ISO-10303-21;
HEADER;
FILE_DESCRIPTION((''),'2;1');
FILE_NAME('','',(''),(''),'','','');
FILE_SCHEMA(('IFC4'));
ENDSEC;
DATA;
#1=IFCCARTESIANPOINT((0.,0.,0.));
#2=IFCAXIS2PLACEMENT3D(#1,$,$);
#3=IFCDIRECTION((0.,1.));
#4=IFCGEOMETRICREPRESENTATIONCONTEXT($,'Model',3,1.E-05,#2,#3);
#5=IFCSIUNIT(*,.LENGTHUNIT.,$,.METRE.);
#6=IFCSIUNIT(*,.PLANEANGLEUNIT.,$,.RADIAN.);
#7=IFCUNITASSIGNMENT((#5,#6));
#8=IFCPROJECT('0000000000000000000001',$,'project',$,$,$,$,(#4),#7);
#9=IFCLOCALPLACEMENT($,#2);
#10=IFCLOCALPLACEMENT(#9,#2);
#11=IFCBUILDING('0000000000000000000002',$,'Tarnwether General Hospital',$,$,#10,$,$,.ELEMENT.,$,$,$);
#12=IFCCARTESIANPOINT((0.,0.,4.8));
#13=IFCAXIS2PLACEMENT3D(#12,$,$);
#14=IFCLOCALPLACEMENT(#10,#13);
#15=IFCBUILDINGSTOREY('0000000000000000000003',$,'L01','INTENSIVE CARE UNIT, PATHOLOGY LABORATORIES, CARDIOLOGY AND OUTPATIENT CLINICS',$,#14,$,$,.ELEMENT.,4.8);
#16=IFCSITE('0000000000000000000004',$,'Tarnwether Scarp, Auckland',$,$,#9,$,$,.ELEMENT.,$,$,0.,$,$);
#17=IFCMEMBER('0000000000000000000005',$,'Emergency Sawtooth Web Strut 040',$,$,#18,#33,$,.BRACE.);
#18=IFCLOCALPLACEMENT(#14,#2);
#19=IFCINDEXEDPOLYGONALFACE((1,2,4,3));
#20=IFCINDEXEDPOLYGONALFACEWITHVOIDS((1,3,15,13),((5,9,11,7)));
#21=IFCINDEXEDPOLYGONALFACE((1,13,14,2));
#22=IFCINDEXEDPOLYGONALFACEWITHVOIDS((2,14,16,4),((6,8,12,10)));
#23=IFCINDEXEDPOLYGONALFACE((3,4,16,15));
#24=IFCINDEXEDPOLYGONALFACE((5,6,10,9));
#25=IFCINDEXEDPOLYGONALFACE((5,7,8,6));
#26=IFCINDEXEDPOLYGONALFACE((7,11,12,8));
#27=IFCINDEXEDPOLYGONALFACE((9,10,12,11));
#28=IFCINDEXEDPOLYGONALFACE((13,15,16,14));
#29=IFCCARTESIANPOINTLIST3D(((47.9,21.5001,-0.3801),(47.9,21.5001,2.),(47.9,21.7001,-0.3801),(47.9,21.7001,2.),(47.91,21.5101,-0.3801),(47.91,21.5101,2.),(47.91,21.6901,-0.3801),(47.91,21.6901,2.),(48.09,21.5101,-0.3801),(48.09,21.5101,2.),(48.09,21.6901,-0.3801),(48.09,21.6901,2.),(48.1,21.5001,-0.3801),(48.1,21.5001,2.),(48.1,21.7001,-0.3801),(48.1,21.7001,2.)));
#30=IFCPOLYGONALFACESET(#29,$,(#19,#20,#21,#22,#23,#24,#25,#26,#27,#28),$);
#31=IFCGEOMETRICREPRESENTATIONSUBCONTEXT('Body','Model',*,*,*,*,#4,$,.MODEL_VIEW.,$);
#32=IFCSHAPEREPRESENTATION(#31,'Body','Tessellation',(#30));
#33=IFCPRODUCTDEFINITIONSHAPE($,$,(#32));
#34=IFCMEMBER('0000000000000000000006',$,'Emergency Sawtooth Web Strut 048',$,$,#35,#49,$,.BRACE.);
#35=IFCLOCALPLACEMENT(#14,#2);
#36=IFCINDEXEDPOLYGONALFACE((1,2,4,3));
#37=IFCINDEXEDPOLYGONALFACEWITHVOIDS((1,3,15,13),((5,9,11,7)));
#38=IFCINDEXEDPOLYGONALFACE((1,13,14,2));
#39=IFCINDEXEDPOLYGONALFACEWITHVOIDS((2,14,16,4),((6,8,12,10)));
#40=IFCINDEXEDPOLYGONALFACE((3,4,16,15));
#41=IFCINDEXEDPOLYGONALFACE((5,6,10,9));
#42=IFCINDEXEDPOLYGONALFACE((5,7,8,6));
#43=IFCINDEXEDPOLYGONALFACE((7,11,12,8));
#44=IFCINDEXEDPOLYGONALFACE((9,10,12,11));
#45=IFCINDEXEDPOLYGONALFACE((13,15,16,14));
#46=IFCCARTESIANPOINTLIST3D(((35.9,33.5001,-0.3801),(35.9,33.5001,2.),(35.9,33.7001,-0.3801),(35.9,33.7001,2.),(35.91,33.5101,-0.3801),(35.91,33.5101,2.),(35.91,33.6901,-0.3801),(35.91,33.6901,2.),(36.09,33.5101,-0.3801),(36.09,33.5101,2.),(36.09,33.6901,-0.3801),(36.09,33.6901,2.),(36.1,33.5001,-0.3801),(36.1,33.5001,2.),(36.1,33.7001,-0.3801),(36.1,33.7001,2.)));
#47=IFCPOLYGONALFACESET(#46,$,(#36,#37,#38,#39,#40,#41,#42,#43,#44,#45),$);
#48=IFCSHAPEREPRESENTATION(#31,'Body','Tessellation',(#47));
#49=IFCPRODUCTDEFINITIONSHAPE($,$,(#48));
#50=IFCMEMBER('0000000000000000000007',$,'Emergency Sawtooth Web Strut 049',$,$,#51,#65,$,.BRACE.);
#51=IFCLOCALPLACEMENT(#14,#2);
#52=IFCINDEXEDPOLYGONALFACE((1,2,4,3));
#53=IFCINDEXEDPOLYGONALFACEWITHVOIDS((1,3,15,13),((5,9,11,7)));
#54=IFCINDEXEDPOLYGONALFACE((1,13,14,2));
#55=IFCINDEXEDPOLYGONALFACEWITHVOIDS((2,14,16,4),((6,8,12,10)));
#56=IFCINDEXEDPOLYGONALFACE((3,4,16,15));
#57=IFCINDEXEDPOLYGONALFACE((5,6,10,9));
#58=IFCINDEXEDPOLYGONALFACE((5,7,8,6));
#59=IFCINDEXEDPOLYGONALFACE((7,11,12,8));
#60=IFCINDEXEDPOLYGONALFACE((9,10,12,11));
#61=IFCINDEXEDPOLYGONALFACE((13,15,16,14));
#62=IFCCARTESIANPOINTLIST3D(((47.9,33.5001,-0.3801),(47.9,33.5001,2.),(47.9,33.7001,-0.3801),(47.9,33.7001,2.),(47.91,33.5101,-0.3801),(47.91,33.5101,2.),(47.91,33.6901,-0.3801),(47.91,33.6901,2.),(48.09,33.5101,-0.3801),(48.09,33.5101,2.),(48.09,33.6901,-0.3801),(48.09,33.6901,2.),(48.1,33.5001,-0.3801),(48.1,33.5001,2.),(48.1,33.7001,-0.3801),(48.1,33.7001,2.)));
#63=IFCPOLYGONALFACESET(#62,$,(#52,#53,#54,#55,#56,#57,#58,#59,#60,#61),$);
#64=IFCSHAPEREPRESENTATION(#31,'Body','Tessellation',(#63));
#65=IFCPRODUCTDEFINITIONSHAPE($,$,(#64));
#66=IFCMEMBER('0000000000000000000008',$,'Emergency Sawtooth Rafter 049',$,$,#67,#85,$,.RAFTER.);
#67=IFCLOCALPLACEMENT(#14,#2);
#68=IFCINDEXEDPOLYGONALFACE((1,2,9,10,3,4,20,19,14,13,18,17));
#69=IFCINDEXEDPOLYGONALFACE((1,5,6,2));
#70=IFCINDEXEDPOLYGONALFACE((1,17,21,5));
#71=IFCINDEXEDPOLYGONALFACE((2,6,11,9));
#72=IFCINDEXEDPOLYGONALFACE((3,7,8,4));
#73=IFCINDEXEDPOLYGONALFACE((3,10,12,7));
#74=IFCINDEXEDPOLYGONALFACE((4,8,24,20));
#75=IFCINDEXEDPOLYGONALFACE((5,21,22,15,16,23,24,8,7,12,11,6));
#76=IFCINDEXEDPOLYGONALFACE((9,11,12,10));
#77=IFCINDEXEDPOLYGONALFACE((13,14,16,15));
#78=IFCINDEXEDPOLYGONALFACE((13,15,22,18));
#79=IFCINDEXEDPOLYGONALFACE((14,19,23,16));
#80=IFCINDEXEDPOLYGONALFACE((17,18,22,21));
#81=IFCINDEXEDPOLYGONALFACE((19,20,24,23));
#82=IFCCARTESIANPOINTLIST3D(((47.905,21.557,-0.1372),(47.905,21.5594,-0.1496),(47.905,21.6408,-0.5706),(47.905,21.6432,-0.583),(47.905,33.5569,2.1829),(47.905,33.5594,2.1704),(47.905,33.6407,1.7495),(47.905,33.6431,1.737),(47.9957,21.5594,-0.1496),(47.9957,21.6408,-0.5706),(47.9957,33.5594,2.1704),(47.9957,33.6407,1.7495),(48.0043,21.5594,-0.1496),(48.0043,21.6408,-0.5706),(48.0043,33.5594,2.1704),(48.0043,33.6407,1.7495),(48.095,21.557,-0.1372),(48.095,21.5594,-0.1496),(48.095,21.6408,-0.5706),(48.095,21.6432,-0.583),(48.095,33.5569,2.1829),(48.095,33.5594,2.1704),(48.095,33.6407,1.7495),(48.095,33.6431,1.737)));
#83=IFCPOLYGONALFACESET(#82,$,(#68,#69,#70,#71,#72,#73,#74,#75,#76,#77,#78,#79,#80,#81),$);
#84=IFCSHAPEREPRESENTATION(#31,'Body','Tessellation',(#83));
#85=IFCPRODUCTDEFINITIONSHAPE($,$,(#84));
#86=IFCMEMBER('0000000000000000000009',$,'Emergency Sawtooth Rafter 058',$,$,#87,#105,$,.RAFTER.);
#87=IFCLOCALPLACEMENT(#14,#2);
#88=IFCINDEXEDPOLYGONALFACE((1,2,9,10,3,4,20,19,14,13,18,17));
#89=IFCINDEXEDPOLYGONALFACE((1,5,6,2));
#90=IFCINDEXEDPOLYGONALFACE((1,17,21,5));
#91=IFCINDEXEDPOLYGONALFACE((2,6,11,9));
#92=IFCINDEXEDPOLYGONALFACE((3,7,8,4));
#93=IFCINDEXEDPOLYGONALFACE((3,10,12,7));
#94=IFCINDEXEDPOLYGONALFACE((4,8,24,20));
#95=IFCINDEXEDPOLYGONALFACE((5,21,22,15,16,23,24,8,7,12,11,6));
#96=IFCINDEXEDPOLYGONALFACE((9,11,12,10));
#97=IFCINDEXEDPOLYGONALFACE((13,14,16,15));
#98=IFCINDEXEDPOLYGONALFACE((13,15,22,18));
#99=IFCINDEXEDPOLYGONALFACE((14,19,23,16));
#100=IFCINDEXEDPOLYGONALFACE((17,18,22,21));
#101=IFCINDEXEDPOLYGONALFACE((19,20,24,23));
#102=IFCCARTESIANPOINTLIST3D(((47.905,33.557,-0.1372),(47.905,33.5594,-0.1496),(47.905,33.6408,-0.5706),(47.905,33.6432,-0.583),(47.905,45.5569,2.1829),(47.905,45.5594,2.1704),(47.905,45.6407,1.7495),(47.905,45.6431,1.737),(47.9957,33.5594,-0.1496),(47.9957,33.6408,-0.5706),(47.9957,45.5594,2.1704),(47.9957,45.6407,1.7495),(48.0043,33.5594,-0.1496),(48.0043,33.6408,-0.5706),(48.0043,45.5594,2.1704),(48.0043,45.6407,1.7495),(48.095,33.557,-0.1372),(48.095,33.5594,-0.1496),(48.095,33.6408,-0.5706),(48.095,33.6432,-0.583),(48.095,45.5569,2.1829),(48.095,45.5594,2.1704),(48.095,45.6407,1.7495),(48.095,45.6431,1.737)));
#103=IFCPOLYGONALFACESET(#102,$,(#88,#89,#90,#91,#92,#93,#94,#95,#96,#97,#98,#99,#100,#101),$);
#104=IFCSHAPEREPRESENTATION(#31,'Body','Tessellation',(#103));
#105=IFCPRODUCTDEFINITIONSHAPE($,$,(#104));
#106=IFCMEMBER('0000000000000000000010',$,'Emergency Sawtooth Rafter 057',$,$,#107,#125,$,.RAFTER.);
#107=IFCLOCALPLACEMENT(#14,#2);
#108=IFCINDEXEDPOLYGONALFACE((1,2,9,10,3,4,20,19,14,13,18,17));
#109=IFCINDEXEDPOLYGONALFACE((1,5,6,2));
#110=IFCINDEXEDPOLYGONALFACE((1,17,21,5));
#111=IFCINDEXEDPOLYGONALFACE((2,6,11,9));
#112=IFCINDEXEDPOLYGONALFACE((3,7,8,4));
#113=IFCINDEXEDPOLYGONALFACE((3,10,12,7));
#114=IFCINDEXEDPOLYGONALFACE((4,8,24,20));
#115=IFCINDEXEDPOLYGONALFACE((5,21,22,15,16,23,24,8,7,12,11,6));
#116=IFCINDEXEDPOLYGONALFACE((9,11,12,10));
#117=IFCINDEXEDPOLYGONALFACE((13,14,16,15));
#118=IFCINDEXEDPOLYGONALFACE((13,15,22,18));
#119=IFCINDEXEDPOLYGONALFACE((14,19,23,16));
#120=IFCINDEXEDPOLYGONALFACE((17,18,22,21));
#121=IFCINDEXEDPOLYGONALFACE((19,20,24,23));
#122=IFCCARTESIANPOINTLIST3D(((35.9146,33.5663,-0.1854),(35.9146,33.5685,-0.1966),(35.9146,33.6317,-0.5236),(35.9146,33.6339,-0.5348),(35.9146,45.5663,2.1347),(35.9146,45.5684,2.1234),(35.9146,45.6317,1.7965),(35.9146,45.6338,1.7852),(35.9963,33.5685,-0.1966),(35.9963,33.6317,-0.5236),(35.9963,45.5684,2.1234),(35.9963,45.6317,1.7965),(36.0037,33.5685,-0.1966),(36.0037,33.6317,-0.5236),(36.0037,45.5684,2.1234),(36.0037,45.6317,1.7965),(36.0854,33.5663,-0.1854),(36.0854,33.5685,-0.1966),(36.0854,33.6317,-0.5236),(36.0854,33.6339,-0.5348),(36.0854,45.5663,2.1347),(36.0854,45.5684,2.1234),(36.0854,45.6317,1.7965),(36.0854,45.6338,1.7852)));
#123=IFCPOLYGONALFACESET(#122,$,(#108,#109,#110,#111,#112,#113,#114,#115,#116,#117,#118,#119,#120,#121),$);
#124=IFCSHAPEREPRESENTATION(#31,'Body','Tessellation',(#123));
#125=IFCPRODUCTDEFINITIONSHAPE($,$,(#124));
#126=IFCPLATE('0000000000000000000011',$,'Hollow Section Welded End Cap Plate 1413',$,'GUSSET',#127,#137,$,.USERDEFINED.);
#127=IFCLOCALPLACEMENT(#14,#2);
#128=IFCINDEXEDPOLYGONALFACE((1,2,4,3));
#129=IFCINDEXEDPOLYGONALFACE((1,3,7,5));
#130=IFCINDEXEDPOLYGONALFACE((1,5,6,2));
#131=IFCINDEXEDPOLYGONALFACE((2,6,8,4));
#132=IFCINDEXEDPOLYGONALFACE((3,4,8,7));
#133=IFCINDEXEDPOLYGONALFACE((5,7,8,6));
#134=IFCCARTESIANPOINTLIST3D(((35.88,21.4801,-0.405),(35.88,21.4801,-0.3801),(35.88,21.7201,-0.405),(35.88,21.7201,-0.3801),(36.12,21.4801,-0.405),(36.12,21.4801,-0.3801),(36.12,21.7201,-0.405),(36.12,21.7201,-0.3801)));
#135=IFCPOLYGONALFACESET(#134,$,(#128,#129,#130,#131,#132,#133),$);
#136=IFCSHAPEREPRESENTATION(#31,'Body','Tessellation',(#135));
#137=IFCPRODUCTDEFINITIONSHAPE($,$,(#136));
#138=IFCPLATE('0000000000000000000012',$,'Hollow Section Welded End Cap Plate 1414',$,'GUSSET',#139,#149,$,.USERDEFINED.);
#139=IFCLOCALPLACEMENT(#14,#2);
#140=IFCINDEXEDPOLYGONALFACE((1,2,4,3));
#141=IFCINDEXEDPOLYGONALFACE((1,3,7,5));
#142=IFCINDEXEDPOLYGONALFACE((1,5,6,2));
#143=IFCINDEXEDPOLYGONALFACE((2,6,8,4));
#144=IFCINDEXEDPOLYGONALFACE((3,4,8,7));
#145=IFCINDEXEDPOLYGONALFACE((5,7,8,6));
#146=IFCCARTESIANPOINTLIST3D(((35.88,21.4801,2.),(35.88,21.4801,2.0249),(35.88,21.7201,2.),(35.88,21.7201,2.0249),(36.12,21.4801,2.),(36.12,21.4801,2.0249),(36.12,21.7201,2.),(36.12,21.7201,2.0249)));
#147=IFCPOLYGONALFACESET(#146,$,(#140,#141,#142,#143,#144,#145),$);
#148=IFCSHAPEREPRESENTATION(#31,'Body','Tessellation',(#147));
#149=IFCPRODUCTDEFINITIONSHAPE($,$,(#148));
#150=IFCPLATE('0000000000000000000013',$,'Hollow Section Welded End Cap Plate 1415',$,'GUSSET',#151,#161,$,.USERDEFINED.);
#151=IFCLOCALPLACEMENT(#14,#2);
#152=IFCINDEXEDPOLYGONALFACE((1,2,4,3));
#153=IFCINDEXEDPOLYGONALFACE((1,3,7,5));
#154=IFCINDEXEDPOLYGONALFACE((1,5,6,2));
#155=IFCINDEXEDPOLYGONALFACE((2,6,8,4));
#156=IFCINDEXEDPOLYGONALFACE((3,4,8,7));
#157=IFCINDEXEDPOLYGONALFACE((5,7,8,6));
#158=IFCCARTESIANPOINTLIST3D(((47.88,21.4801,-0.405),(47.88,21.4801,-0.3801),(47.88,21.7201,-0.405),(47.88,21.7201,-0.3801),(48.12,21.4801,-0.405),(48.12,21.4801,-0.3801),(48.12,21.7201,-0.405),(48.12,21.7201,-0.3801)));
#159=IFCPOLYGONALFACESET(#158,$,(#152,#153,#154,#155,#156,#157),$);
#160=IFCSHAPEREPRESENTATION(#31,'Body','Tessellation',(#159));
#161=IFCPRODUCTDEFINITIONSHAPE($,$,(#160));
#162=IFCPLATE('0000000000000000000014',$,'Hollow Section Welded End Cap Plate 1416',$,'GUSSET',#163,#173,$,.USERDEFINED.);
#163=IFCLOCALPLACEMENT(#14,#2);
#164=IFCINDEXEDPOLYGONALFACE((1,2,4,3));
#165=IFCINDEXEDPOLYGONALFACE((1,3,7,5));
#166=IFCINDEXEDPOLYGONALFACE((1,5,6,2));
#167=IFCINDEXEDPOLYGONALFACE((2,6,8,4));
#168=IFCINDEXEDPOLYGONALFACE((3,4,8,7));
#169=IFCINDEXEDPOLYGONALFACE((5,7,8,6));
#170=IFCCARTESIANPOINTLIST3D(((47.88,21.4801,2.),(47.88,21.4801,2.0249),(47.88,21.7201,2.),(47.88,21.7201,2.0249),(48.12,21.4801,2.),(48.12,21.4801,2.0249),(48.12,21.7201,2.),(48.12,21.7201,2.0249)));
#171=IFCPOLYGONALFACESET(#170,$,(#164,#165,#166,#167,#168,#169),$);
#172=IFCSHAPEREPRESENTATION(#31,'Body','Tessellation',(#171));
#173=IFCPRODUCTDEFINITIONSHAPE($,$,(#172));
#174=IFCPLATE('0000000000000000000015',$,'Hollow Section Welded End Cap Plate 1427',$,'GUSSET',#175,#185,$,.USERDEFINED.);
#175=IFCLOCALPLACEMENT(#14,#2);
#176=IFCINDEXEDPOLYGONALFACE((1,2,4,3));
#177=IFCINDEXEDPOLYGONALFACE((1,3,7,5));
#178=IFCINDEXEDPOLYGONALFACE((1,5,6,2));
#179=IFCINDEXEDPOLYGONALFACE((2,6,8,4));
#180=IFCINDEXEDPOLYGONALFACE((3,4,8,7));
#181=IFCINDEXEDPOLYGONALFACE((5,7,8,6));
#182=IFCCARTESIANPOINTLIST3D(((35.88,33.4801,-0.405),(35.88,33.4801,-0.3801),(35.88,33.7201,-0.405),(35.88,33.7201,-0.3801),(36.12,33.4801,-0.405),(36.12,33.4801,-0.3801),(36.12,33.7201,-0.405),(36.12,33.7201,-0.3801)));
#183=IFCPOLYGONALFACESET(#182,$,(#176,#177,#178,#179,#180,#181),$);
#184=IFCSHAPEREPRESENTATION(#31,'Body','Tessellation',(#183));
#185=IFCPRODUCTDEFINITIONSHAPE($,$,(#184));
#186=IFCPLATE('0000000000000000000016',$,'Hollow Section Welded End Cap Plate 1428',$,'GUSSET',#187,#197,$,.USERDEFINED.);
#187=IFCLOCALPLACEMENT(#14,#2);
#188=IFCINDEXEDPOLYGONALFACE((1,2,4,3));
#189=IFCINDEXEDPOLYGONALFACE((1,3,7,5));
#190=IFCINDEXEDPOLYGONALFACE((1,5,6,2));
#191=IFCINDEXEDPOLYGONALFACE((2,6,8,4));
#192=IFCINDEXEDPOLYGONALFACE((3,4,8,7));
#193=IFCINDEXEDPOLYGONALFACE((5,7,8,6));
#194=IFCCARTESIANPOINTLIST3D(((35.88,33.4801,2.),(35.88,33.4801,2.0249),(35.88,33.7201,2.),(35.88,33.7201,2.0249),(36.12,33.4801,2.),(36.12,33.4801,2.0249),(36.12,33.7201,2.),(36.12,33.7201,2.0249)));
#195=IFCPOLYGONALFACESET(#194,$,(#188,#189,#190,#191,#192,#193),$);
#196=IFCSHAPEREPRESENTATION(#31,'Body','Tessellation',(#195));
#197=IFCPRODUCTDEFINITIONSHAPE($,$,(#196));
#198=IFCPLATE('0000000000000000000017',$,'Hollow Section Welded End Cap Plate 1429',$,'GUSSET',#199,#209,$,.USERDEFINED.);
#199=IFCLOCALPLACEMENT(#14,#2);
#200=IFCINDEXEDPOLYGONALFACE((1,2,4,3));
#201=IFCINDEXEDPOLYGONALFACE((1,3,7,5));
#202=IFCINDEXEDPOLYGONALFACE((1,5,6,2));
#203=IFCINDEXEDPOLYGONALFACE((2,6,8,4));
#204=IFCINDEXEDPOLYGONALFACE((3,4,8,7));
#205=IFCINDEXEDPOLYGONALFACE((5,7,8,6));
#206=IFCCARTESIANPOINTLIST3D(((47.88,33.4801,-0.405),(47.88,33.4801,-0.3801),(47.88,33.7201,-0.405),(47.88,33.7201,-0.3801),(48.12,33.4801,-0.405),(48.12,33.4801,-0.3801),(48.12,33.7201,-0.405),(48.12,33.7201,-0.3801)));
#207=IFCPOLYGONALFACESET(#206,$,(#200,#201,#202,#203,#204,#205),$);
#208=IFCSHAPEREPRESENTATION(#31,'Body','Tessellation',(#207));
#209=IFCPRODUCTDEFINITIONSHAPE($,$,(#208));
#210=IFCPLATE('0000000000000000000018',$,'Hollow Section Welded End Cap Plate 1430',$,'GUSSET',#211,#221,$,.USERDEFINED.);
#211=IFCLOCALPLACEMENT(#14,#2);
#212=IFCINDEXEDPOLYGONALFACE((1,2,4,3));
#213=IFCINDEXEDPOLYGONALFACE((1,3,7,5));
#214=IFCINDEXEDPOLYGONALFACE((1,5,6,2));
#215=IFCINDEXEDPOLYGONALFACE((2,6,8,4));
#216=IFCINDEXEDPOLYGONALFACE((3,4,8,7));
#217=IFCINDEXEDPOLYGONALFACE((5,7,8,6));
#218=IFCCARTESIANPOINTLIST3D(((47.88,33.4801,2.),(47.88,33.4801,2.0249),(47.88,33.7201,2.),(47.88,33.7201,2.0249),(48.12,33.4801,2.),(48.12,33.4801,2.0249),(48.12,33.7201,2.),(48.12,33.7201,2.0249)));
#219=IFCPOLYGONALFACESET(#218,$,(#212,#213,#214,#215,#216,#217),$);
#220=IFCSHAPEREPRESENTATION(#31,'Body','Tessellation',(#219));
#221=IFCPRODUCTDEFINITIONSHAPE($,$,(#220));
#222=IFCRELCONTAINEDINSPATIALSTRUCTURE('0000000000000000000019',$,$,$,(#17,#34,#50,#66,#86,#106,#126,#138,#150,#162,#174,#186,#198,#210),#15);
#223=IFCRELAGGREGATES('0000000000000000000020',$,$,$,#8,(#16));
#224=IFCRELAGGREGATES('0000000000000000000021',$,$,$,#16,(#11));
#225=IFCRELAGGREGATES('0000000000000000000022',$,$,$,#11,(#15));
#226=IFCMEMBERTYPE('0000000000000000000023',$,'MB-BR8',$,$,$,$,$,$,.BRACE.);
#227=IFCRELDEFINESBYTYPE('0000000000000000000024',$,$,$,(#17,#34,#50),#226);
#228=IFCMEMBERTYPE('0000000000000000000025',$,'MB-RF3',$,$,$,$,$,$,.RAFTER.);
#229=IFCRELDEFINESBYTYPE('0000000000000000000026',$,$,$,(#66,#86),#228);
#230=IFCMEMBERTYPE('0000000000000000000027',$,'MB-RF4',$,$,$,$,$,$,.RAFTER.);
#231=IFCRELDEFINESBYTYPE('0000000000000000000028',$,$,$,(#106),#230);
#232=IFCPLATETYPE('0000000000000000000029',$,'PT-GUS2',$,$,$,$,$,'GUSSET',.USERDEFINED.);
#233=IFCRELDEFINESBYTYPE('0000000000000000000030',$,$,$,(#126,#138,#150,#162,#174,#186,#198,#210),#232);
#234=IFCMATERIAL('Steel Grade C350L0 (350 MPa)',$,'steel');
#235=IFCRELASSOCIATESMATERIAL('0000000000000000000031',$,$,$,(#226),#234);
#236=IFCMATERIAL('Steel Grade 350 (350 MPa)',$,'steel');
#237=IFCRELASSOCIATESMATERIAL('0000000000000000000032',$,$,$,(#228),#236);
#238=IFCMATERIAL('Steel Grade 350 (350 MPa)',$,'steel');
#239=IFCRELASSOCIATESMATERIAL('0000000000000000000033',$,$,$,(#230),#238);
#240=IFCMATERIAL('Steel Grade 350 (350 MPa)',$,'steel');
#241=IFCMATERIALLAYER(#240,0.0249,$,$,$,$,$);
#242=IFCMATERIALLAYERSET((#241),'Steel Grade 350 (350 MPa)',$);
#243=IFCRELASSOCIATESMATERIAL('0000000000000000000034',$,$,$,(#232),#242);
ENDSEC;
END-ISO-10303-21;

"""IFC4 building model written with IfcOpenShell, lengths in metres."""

from ifc_helpers import new_model, si_unit, direction, frame, origin, origin_2d, place, context, subcontext, project, spatial, rectangle, hollow_rectangle, i_section, extrude, material, layer, layer_set, material_profile, profile_set, type_object, element, save


model = new_model("IFC4")

# Units and contexts
model_context = context("Model", 3, precision=1e-05, world=origin(), true_north=direction((0.0, 1.0)))
body_context = subcontext(model_context, "Body", "Model", "MODEL_VIEW")
ifc_project = project(units=[si_unit("LENGTHUNIT", "METRE"), si_unit("PLANEANGLEUNIT", "RADIAN")], contexts=[model_context])

# Site, building, storey
site_placement = place(None, origin())
site = spatial("IfcSite", under=ifc_project, at=site_placement, Name="Tarnwether Scarp, Auckland", CompositionType="ELEMENT", RefElevation=0.0)
building_placement = place(site_placement, origin())
building = spatial("IfcBuilding", under=site, at=building_placement, Name="Tarnwether General Hospital", CompositionType="ELEMENT")
storey_placement = place(building_placement, frame((0.0, 0.0, 4.8)))
storey = spatial("IfcBuildingStorey", under=building, at=storey_placement, Name="L01", Description="INTENSIVE CARE UNIT, PATHOLOGY LABORATORIES, CARDIOLOGY AND OUTPATIENT CLINICS", CompositionType="ELEMENT", Elevation=4.8)

# Members
ifc_material_1 = material(Name="Steel Grade C350L0 (350 MPa)", Category="steel")
ifc_material_profile_1 = material_profile(ifc_material_1, hollow_rectangle(XDim=0.2, YDim=0.2, WallThickness=0.01, at=origin_2d()), Name="SHS200x200x10")
ifc_profile_set_1 = profile_set([ifc_material_profile_1], Name="Steel Grade C350L0 (350 MPa)")
member_type_1 = type_object("IfcMemberType", Name="MB-BR8", PredefinedType="BRACE", material=ifc_profile_set_1)
for number, where, z_axis, x_axis, name in (
    (1, (48.0, 21.6001, -0.3801), (0.0, 0.0, 1.0), (1.0, 0.0, 0.0), "Emergency Sawtooth Web Strut 040"),
    (2, (36.0, 33.6001, -0.3801), (0.0, 0.0, 1.0), (1.0, 0.0, 0.0), "Emergency Sawtooth Web Strut 048"),
    (3, (48.0, 33.6001, -0.3801), (0.0, 0.0, 1.0), (1.0, 0.0, 0.0), "Emergency Sawtooth Web Strut 049"),
):
    element("IfcMember", number, at=place(storey_placement, frame(where, z_axis=z_axis, x_axis=x_axis)), inside=storey, type_object=member_type_1, Name=name, PredefinedType="BRACE", context=body_context, shape_type="SweptSolid", body=[
        extrude(hollow_rectangle(XDim=0.2, YDim=0.2, WallThickness=0.01, at=origin_2d()), origin(), (0.0, 0.0, 1.0), 2.3801),
    ])
ifc_material_2 = material(Name="Steel Grade 350 (350 MPa)", Category="steel")
ifc_material_profile_2 = material_profile(ifc_material_2, i_section(OverallWidth=0.1899, OverallDepth=0.4541, WebThickness=0.0085, FlangeThickness=0.0127, at=origin_2d()), Name="460UB67.1")
ifc_profile_set_2 = profile_set([ifc_material_profile_2], Name="Steel Grade 350 (350 MPa)")
member_type_2 = type_object("IfcMemberType", Name="MB-RF3", PredefinedType="RAFTER", material=ifc_profile_set_2)
for number, where, z_axis, x_axis, name in (
    (4, (48.0, 21.6001, -0.3601), (0.0, 0.981818, 0.189824), (-1.0, 0.0, 0.0), "Emergency Sawtooth Rafter 049"),
    (5, (48.0, 33.6001, -0.3601), (0.0, 0.981818, 0.189824), (-1.0, 0.0, 0.0), "Emergency Sawtooth Rafter 058"),
):
    element("IfcMember", number, at=place(storey_placement, frame(where, z_axis=z_axis, x_axis=x_axis)), inside=storey, type_object=member_type_2, Name=name, PredefinedType="RAFTER", context=body_context, shape_type="SweptSolid", body=[
        extrude(i_section(OverallWidth=0.1899, OverallDepth=0.4541, WebThickness=0.0085, FlangeThickness=0.0127, at=origin_2d()), origin(), (0.0, 0.0, 1.0), 12.2222),
    ])
ifc_material_3 = material(Name="Steel Grade 350 (350 MPa)", Category="steel")
ifc_material_profile_3 = material_profile(ifc_material_3, i_section(OverallWidth=0.1709, OverallDepth=0.356, WebThickness=0.0073, FlangeThickness=0.0115, at=origin_2d()), Name="360UB50.7")
ifc_profile_set_3 = profile_set([ifc_material_profile_3], Name="Steel Grade 350 (350 MPa)")
member_type_3 = type_object("IfcMemberType", Name="MB-RF4", PredefinedType="RAFTER", material=ifc_profile_set_3)
member_placement = place(storey_placement, frame((36.0, 33.6001, -0.3601), z_axis=(0.0, 0.981818, 0.189824), x_axis=(-1.0, 0.0, 0.0)))
element("IfcMember", 6, at=member_placement, inside=storey, type_object=member_type_3, Name="Emergency Sawtooth Rafter 057", PredefinedType="RAFTER", context=body_context, shape_type="SweptSolid", body=[
    extrude(i_section(OverallWidth=0.1709, OverallDepth=0.356, WebThickness=0.0073, FlangeThickness=0.0115, at=origin_2d()), origin(), (0.0, 0.0, 1.0), 12.2222),
])

# Plates
ifc_material_4 = material(Name="Steel Grade 350 (350 MPa)", Category="steel")
ifc_layer_1 = layer(ifc_material_4, 0.0249)
ifc_layer_set_1 = layer_set([ifc_layer_1], Name="Steel Grade 350 (350 MPa)")
plate_type = type_object("IfcPlateType", Name="PT-GUS2", ElementType="GUSSET", PredefinedType="USERDEFINED", material=ifc_layer_set_1)
for number, where, z_axis, x_axis, name in (
    (7, (36.0, 21.6001, -0.405), (0.0, 0.0, 1.0), (1.0, 0.0, 0.0), "Hollow Section Welded End Cap Plate 1413"),
    (8, (36.0, 21.6001, 2.0), (0.0, 0.0, 1.0), (1.0, 0.0, 0.0), "Hollow Section Welded End Cap Plate 1414"),
    (9, (48.0, 21.6001, -0.405), (0.0, 0.0, 1.0), (1.0, 0.0, 0.0), "Hollow Section Welded End Cap Plate 1415"),
    (10, (48.0, 21.6001, 2.0), (0.0, 0.0, 1.0), (1.0, 0.0, 0.0), "Hollow Section Welded End Cap Plate 1416"),
    (11, (36.0, 33.6001, -0.405), (0.0, 0.0, 1.0), (1.0, 0.0, 0.0), "Hollow Section Welded End Cap Plate 1427"),
    (12, (36.0, 33.6001, 2.0), (0.0, 0.0, 1.0), (1.0, 0.0, 0.0), "Hollow Section Welded End Cap Plate 1428"),
    (13, (48.0, 33.6001, -0.405), (0.0, 0.0, 1.0), (1.0, 0.0, 0.0), "Hollow Section Welded End Cap Plate 1429"),
    (14, (48.0, 33.6001, 2.0), (0.0, 0.0, 1.0), (1.0, 0.0, 0.0), "Hollow Section Welded End Cap Plate 1430"),
):
    element("IfcPlate", number, at=place(storey_placement, frame(where, z_axis=z_axis, x_axis=x_axis)), inside=storey, type_object=plate_type, Name=name, ObjectType="GUSSET", PredefinedType="USERDEFINED", context=body_context, shape_type="SweptSolid", body=[
        extrude(rectangle(XDim=0.24, YDim=0.24, at=origin_2d()), origin(), (0.0, 0.0, 1.0), 0.0249),
    ])

save(model, "model.ifc")
